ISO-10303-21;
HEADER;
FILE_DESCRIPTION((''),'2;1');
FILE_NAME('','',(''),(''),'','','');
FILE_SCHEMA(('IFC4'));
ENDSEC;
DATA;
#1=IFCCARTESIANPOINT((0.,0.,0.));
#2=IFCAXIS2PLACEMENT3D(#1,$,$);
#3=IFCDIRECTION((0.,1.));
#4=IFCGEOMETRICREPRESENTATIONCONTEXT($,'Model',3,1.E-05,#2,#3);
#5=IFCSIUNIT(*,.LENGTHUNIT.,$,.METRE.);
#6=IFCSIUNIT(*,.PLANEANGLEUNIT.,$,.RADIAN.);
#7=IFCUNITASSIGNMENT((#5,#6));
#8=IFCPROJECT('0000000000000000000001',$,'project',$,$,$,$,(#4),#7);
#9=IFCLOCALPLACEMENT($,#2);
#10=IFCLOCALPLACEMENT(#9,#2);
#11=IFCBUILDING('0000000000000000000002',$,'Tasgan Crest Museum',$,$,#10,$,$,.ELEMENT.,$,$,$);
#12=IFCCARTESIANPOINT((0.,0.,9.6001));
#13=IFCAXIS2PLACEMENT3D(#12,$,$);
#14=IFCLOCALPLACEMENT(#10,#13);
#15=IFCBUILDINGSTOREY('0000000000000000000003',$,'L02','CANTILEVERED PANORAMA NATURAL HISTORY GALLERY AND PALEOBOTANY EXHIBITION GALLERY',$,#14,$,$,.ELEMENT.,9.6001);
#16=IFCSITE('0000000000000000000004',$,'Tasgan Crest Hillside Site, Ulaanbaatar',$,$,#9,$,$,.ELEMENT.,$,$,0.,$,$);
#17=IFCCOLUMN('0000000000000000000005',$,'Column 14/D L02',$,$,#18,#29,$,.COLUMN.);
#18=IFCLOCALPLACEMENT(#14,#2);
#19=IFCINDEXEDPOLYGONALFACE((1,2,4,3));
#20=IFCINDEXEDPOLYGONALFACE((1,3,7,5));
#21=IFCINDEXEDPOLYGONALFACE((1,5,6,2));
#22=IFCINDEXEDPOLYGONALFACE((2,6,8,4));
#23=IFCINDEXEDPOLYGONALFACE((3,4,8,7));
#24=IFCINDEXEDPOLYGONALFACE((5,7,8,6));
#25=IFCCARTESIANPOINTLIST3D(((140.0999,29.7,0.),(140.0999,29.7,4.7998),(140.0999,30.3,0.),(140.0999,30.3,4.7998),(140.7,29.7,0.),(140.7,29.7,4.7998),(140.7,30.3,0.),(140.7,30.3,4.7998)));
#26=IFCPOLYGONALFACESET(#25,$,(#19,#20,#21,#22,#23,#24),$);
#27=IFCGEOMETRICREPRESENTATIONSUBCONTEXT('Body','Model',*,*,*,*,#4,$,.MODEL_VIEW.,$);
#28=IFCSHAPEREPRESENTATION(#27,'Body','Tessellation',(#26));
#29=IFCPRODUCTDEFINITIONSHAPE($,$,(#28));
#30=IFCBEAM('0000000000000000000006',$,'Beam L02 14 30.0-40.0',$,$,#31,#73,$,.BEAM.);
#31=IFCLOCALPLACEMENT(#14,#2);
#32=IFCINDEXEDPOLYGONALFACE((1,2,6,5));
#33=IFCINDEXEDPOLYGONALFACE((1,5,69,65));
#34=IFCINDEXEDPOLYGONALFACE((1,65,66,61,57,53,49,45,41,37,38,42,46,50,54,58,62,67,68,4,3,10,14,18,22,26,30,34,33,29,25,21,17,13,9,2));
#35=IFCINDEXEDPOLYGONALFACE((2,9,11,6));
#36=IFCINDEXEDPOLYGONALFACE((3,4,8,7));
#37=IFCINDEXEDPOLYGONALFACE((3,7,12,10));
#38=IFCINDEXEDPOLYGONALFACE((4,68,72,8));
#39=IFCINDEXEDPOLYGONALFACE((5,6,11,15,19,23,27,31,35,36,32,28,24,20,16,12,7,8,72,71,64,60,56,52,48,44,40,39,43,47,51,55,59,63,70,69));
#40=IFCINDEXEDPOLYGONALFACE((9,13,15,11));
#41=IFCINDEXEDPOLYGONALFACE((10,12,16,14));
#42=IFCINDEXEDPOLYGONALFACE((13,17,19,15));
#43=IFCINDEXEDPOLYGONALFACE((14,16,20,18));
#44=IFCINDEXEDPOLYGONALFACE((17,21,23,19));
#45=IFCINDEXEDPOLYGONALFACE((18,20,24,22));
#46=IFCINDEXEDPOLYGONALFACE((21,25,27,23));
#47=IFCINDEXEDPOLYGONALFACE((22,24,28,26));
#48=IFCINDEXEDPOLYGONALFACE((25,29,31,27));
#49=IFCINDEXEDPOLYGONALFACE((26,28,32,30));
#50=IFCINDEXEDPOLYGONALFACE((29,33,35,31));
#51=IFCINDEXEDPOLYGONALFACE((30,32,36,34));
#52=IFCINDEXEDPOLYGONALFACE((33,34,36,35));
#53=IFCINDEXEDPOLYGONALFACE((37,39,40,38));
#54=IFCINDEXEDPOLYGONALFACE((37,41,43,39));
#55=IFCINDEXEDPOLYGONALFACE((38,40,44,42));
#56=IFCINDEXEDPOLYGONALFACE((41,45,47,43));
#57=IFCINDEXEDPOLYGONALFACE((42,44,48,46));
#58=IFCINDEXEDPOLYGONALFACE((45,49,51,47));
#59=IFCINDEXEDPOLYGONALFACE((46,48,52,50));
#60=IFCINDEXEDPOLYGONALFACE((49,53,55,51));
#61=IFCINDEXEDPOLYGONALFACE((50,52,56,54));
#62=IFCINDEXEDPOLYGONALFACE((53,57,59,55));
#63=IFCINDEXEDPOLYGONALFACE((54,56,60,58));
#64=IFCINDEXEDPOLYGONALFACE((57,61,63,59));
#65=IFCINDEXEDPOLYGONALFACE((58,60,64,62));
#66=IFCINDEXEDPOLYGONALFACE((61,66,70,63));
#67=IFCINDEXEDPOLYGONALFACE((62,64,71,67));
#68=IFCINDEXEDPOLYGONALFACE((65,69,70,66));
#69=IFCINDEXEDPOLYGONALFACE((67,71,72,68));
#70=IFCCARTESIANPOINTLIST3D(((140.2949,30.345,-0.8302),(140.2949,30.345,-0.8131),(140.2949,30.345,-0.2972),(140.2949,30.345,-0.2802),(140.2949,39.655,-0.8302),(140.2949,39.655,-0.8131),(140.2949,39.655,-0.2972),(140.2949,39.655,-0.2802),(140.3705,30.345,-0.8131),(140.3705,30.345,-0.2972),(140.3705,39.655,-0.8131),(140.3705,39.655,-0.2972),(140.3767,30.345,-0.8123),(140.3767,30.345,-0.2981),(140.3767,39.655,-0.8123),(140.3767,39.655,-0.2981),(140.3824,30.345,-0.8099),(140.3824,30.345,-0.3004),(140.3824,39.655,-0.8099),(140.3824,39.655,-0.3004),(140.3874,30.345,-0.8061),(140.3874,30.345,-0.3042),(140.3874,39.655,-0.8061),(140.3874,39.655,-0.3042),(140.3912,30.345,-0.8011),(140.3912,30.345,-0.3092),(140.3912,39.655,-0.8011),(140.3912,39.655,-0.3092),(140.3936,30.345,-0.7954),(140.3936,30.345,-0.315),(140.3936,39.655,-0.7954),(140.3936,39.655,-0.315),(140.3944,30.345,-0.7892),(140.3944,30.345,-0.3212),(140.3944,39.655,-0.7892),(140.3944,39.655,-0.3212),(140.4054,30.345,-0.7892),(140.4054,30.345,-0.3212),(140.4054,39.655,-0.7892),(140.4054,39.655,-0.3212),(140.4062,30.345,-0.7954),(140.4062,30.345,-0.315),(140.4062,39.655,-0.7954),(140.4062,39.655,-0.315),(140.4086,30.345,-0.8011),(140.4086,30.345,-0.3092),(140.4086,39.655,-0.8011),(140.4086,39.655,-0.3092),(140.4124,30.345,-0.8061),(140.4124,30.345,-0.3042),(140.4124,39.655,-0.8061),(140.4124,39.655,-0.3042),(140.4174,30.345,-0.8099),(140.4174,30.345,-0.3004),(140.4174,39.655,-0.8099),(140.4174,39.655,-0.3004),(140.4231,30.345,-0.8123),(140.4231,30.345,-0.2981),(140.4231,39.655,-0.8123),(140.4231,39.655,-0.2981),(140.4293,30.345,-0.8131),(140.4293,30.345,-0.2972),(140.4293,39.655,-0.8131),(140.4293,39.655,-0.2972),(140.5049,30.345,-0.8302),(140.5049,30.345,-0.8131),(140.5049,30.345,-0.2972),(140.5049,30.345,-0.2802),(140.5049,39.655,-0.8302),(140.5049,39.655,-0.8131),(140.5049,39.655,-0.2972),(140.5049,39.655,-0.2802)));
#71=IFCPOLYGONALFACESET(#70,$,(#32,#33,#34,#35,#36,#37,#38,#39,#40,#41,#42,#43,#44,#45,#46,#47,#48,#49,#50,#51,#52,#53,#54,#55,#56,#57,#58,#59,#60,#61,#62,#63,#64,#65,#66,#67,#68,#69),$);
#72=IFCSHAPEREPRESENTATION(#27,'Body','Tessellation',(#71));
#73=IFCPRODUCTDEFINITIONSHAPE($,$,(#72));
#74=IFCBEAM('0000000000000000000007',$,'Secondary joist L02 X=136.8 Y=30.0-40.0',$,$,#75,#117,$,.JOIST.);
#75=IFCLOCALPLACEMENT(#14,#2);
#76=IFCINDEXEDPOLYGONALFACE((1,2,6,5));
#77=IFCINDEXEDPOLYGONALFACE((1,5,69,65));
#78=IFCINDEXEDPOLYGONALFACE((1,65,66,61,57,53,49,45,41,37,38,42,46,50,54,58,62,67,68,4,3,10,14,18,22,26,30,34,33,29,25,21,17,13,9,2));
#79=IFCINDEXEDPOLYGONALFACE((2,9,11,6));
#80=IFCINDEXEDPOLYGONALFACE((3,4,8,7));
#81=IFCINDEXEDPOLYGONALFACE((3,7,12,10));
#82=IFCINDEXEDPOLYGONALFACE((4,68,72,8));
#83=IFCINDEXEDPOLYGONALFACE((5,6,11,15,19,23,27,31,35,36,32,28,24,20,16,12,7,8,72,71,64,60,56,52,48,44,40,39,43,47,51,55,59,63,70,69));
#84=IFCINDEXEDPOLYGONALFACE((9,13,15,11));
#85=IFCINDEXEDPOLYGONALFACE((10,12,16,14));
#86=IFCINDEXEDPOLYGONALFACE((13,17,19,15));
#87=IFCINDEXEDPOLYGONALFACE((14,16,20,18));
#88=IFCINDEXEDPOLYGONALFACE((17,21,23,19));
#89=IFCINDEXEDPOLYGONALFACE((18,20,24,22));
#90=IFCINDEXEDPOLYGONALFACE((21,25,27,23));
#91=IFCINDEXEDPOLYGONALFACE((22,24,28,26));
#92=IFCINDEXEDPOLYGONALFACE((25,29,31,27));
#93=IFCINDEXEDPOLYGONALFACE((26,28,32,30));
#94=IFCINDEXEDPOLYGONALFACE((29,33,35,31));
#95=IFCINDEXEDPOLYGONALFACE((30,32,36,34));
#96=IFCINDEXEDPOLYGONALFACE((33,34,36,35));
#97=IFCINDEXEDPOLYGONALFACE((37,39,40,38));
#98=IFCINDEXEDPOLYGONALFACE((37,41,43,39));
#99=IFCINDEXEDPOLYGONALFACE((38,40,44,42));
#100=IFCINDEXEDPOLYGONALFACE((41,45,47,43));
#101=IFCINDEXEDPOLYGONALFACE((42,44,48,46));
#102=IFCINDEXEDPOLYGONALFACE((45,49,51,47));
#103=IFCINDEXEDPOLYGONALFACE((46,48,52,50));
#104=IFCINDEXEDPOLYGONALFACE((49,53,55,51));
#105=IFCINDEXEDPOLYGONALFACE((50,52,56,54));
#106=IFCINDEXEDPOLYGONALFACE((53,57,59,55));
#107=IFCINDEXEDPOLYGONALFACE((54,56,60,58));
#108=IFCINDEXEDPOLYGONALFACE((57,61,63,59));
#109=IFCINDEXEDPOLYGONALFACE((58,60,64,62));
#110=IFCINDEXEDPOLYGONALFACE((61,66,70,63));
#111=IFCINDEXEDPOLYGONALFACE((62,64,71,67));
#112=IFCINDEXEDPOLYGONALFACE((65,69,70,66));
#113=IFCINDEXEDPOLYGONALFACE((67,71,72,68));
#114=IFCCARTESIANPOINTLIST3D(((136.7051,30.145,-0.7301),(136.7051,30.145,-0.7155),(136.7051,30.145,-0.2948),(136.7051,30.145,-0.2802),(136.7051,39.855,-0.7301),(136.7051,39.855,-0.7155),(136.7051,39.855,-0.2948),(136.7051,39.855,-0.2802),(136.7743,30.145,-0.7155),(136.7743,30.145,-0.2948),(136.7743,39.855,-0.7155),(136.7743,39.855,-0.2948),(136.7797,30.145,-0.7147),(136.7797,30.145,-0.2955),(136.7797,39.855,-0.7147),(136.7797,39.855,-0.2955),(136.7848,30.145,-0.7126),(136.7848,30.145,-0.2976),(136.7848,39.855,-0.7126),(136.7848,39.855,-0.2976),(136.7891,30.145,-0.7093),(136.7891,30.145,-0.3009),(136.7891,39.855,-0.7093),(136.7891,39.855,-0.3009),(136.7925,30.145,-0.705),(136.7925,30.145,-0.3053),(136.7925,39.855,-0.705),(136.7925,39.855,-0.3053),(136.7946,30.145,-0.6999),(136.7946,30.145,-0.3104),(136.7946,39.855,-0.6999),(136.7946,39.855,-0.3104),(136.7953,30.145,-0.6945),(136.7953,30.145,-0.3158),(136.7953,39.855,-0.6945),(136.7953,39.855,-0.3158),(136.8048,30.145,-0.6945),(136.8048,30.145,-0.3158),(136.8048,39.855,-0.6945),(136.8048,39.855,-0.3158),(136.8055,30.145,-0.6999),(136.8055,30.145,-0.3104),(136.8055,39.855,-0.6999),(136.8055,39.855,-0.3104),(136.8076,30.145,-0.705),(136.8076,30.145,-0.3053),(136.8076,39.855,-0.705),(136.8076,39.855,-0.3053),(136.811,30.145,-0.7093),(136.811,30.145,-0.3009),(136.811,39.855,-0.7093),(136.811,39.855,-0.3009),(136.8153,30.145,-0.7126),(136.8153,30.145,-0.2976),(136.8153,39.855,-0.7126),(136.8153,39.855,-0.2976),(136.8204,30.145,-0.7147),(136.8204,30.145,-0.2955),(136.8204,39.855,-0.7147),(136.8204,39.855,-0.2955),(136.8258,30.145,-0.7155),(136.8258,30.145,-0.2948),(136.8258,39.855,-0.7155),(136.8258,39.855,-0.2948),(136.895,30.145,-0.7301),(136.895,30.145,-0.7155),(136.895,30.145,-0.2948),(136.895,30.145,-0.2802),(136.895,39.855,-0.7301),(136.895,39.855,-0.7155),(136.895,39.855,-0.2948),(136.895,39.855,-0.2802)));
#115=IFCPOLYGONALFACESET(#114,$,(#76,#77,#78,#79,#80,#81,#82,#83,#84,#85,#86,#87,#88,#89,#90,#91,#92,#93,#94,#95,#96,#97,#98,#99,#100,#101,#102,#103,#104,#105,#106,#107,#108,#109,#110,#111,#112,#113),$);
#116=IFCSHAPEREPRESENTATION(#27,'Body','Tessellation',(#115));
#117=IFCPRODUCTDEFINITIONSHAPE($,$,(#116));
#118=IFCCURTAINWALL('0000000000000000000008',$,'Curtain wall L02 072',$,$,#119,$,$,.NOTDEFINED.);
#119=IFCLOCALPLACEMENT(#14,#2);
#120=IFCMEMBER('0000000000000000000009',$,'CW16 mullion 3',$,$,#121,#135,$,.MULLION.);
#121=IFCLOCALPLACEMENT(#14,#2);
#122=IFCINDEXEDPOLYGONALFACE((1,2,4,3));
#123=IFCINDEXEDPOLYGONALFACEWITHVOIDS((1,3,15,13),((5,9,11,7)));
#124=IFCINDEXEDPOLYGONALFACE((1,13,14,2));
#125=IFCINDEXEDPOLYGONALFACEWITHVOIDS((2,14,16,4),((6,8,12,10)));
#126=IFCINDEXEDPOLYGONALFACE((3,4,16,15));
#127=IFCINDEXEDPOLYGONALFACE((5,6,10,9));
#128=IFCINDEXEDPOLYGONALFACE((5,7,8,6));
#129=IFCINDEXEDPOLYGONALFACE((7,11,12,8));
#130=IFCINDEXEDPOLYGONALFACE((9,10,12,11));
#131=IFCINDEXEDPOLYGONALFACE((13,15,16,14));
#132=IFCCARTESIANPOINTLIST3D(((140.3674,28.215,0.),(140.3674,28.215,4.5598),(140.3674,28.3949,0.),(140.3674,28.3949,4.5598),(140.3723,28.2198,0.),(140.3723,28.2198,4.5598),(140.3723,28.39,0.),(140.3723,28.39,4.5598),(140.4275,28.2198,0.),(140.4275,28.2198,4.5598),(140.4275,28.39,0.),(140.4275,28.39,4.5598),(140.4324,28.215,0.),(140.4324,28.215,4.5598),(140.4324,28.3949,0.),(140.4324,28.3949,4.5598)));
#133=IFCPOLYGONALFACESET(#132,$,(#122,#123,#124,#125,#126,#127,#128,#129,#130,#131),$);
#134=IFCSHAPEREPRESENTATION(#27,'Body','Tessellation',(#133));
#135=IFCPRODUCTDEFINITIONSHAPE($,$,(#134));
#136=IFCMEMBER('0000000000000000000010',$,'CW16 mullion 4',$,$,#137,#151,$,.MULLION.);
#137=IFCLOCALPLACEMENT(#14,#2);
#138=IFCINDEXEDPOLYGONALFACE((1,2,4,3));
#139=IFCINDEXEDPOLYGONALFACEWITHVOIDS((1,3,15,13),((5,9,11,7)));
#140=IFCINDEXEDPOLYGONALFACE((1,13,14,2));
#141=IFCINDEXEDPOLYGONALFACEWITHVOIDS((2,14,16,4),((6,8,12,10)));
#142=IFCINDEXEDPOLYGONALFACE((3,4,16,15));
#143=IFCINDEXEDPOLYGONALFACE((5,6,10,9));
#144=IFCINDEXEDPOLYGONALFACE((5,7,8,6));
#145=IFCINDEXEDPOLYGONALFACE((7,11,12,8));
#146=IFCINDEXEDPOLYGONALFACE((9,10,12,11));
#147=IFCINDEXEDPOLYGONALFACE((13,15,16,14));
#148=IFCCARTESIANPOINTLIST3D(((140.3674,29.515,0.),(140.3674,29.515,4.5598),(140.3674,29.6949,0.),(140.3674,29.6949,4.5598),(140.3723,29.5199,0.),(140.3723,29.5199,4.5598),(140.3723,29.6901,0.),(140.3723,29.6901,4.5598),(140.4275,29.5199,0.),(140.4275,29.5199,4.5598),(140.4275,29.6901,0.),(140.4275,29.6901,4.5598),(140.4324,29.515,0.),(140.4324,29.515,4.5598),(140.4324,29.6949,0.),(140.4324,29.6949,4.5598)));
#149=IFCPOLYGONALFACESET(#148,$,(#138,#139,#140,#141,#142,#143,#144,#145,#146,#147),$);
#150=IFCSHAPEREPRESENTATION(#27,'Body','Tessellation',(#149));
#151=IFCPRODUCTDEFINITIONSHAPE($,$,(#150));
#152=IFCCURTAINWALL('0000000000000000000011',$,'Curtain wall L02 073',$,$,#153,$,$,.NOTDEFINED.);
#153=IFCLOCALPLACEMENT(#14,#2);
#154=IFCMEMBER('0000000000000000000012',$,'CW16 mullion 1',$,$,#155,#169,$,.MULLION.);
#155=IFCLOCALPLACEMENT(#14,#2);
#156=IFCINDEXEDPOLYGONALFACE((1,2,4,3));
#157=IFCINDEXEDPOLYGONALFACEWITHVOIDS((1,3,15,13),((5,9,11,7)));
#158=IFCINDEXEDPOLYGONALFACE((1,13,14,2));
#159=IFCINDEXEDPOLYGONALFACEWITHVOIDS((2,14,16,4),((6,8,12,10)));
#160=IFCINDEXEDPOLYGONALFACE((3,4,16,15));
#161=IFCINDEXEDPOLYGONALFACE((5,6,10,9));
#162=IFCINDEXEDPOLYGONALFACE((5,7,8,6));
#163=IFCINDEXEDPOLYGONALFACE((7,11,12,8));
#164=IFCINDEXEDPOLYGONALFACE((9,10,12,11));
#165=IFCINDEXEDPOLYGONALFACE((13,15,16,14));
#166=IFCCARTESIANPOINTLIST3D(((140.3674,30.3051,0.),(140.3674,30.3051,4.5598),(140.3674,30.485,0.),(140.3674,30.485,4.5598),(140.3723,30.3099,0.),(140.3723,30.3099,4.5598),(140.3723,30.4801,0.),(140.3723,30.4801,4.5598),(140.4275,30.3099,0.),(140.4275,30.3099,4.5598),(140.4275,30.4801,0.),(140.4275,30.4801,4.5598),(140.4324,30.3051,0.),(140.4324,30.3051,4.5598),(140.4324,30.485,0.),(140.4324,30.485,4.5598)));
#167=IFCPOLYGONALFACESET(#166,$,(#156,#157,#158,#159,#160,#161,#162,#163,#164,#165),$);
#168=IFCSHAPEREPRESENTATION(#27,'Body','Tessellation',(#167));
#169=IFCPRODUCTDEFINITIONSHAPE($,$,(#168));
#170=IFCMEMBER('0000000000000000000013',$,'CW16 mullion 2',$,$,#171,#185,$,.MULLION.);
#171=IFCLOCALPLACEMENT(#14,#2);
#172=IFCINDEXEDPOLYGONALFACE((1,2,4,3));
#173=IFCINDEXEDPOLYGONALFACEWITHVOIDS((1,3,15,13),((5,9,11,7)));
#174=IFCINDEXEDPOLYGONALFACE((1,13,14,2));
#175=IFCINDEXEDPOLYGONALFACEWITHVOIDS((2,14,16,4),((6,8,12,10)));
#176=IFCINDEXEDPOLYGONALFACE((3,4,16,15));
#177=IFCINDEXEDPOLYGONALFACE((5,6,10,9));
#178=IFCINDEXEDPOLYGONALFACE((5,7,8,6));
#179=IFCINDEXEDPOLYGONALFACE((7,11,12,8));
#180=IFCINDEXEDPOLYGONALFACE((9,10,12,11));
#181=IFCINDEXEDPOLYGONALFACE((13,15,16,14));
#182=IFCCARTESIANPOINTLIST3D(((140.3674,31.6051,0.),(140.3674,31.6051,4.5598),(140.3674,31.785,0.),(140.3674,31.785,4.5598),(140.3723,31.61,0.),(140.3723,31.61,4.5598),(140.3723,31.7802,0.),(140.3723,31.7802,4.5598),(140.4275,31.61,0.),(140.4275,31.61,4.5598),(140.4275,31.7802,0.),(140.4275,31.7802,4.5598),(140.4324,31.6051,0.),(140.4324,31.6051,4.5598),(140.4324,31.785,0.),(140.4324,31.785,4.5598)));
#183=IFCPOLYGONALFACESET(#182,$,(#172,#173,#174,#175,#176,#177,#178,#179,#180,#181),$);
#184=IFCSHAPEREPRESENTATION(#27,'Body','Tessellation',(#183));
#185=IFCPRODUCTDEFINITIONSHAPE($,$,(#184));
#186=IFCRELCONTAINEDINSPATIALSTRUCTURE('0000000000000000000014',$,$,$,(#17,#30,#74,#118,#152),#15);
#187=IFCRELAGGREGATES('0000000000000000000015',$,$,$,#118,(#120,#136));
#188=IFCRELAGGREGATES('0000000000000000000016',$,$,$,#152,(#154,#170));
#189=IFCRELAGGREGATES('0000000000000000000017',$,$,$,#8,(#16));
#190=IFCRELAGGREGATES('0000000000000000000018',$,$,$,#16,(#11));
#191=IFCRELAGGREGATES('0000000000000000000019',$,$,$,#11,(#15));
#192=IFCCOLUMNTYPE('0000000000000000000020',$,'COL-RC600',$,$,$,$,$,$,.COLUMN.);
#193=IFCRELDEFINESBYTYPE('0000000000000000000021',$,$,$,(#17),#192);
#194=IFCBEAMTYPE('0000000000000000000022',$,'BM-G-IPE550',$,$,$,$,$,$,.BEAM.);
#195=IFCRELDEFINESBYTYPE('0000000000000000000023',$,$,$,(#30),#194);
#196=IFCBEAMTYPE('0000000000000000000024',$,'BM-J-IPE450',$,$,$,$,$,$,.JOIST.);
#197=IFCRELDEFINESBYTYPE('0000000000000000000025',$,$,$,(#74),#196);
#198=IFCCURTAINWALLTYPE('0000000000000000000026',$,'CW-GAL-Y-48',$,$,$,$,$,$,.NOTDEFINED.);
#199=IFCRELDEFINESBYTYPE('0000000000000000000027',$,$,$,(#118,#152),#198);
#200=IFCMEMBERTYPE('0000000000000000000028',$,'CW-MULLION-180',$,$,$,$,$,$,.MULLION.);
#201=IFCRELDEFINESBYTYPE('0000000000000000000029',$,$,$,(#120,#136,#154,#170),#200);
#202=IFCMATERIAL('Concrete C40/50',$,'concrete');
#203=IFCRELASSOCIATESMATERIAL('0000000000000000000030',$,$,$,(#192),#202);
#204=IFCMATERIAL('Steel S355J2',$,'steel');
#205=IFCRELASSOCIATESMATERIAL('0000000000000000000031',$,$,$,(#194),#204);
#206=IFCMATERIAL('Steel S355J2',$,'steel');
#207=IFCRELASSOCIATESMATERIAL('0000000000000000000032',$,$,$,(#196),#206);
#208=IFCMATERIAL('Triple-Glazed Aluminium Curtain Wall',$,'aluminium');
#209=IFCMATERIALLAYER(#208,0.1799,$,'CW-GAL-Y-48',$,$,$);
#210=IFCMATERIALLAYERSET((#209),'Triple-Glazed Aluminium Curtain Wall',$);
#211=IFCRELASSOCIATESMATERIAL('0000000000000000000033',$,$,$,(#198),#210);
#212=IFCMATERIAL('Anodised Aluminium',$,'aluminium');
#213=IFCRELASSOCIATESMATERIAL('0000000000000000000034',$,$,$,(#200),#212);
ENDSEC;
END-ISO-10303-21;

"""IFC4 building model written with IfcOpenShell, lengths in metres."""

from ifc_helpers import new_model, si_unit, direction, frame, origin, origin_2d, place, context, subcontext, project, spatial, rectangle, hollow_rectangle, i_section, extrude, material, layer, layer_set, material_profile, profile_set, type_object, element, aggregate, save


model = new_model("IFC4")

# Units and contexts
model_context = context("Model", 3, precision=1e-05, world=origin(), true_north=direction((0.0, 1.0)))
body_context = subcontext(model_context, "Body", "Model", "MODEL_VIEW")
ifc_project = project(units=[si_unit("LENGTHUNIT", "METRE"), si_unit("PLANEANGLEUNIT", "RADIAN")], contexts=[model_context])

# Site, building, storey
site_placement = place(None, origin())
site = spatial("IfcSite", under=ifc_project, at=site_placement, Name="Tasgan Crest Hillside Site, Ulaanbaatar", CompositionType="ELEMENT", RefElevation=0.0)
building_placement = place(site_placement, origin())
building = spatial("IfcBuilding", under=site, at=building_placement, Name="Tasgan Crest Museum", CompositionType="ELEMENT")
storey_placement = place(building_placement, frame((0.0, 0.0, 9.6001)))
storey = spatial("IfcBuildingStorey", under=building, at=storey_placement, Name="L02", Description="CANTILEVERED PANORAMA NATURAL HISTORY GALLERY AND PALEOBOTANY EXHIBITION GALLERY", CompositionType="ELEMENT", Elevation=9.6001)

# Column
ifc_material_1 = material(Name="Concrete C40/50", Category="concrete")
ifc_material_profile_1 = material_profile(ifc_material_1, rectangle(XDim=0.6001, YDim=0.6001, at=origin_2d()), Name="RC 600x600")
ifc_profile_set_1 = profile_set([ifc_material_profile_1], Name="Concrete C40/50")
column_type = type_object("IfcColumnType", Name="COL-RC600", PredefinedType="COLUMN", material=ifc_profile_set_1)
column_placement = place(storey_placement, frame((140.3999, 30.0, 0.0), z_axis=(0.0, 0.0, 1.0), x_axis=(1.0, 0.0, 0.0)))
element("IfcColumn", 1, at=column_placement, inside=storey, type_object=column_type, Name="Column 14/D L02", PredefinedType="COLUMN", context=body_context, shape_type="SweptSolid", body=[
    extrude(rectangle(XDim=0.6001, YDim=0.6001, at=origin_2d()), origin(), (0.0, 0.0, 1.0), 4.7998),
])

# Beams
ifc_material_2 = material(Name="Steel S355J2", Category="steel")
ifc_material_profile_2 = material_profile(ifc_material_2, i_section(OverallWidth=0.21, OverallDepth=0.55, WebThickness=0.011, FlangeThickness=0.0171, FilletRadius=0.0239, at=origin_2d()), Name="IPE 550")
ifc_profile_set_2 = profile_set([ifc_material_profile_2], Name="Steel S355J2")
beam_type_1 = type_object("IfcBeamType", Name="BM-G-IPE550", PredefinedType="BEAM", material=ifc_profile_set_2)
beam_1_placement = place(storey_placement, frame((140.3999, 30.345, -0.5552), z_axis=(0.0, 1.0, 0.0), x_axis=(-1.0, 0.0, 0.0)))
element("IfcBeam", 2, at=beam_1_placement, inside=storey, type_object=beam_type_1, Name="Beam L02 14 30.0-40.0", PredefinedType="BEAM", context=body_context, shape_type="SweptSolid", body=[
    extrude(i_section(OverallWidth=0.21, OverallDepth=0.55, WebThickness=0.011, FlangeThickness=0.0171, FilletRadius=0.0239, at=origin_2d()), origin(), (0.0, 0.0, 1.0), 9.3101),
])
ifc_material_3 = material(Name="Steel S355J2", Category="steel")
ifc_material_profile_3 = material_profile(ifc_material_3, i_section(OverallWidth=0.1899, OverallDepth=0.45, WebThickness=0.0095, FlangeThickness=0.0146, FilletRadius=0.021, at=origin_2d()), Name="IPE 450")
ifc_profile_set_3 = profile_set([ifc_material_profile_3], Name="Steel S355J2")
beam_type_2 = type_object("IfcBeamType", Name="BM-J-IPE450", PredefinedType="JOIST", material=ifc_profile_set_3)
beam_2_placement = place(storey_placement, frame((136.8, 30.145, -0.5051), z_axis=(0.0, 1.0, 0.0), x_axis=(-1.0, 0.0, 0.0)))
element("IfcBeam", 3, at=beam_2_placement, inside=storey, type_object=beam_type_2, Name="Secondary joist L02 X=136.8 Y=30.0-40.0", PredefinedType="JOIST", context=body_context, shape_type="SweptSolid", body=[
    extrude(i_section(OverallWidth=0.1899, OverallDepth=0.45, WebThickness=0.0095, FlangeThickness=0.0146, FilletRadius=0.021, at=origin_2d()), origin(), (0.0, 0.0, 1.0), 9.71),
])

# Curtain walls, members
ifc_material_4 = material(Name="Triple-Glazed Aluminium Curtain Wall", Category="aluminium")
ifc_layer_1 = layer(ifc_material_4, 0.1799, Name="CW-GAL-Y-48")
ifc_layer_set_1 = layer_set([ifc_layer_1], Name="Triple-Glazed Aluminium Curtain Wall")
curtain_wall_type = type_object("IfcCurtainWallType", Name="CW-GAL-Y-48", PredefinedType="NOTDEFINED", material=ifc_layer_set_1)
curtain_wall_1_placement = place(storey_placement, origin())
curtain_wall_1 = element("IfcCurtainWall", 4, at=curtain_wall_1_placement, inside=storey, type_object=curtain_wall_type, Name="Curtain wall L02 072", PredefinedType="NOTDEFINED")
ifc_material_5 = material(Name="Anodised Aluminium", Category="aluminium")
ifc_material_profile_4 = material_profile(ifc_material_5, hollow_rectangle(XDim=0.0649, YDim=0.1799, WallThickness=0.0049, at=origin_2d()), Name="ALU MULLION 180x65x5")
ifc_profile_set_4 = profile_set([ifc_material_profile_4], Name="Anodised Aluminium")
member_type_1 = type_object("IfcMemberType", Name="CW-MULLION-180", PredefinedType="MULLION", material=ifc_profile_set_4)
member_1_placement = place(storey_placement, frame((140.3999, 28.3049, 0.0), z_axis=(0.0, 0.0, 1.0), x_axis=(-1.0, 0.0, 0.0)))
member_1 = element("IfcMember", 5, at=member_1_placement, type_object=member_type_1, Name="CW16 mullion 3", PredefinedType="MULLION", context=body_context, shape_type="SweptSolid", body=[
    extrude(hollow_rectangle(XDim=0.0649, YDim=0.1799, WallThickness=0.0049, at=origin_2d()), origin(), (0.0, 0.0, 1.0), 4.5598),
])
member_2_placement = place(storey_placement, frame((140.3999, 29.605, 0.0), z_axis=(0.0, 0.0, 1.0), x_axis=(-1.0, 0.0, 0.0)))
member_2 = element("IfcMember", 6, at=member_2_placement, type_object=member_type_1, Name="CW16 mullion 4", PredefinedType="MULLION", context=body_context, shape_type="SweptSolid", body=[
    extrude(hollow_rectangle(XDim=0.0649, YDim=0.1799, WallThickness=0.0049, at=origin_2d()), origin(), (0.0, 0.0, 1.0), 4.5598),
])
curtain_wall_2_placement = place(storey_placement, origin())
curtain_wall_2 = element("IfcCurtainWall", 7, at=curtain_wall_2_placement, inside=storey, type_object=curtain_wall_type, Name="Curtain wall L02 073", PredefinedType="NOTDEFINED")
member_3_placement = place(storey_placement, frame((140.3999, 30.395, 0.0), z_axis=(0.0, 0.0, 1.0), x_axis=(-1.0, 0.0, 0.0)))
member_3 = element("IfcMember", 8, at=member_3_placement, type_object=member_type_1, Name="CW16 mullion 1", PredefinedType="MULLION", context=body_context, shape_type="SweptSolid", body=[
    extrude(hollow_rectangle(XDim=0.0649, YDim=0.1799, WallThickness=0.0049, at=origin_2d()), origin(), (0.0, 0.0, 1.0), 4.5598),
])
member_4_placement = place(storey_placement, frame((140.3999, 31.6951, 0.0), z_axis=(0.0, 0.0, 1.0), x_axis=(-1.0, 0.0, 0.0)))
member_4 = element("IfcMember", 9, at=member_4_placement, type_object=member_type_1, Name="CW16 mullion 2", PredefinedType="MULLION", context=body_context, shape_type="SweptSolid", body=[
    extrude(hollow_rectangle(XDim=0.0649, YDim=0.1799, WallThickness=0.0049, at=origin_2d()), origin(), (0.0, 0.0, 1.0), 4.5598),
])

aggregate(curtain_wall_1, [member_1, member_2])
aggregate(curtain_wall_2, [member_3, member_4])

save(model, "model.ifc")
